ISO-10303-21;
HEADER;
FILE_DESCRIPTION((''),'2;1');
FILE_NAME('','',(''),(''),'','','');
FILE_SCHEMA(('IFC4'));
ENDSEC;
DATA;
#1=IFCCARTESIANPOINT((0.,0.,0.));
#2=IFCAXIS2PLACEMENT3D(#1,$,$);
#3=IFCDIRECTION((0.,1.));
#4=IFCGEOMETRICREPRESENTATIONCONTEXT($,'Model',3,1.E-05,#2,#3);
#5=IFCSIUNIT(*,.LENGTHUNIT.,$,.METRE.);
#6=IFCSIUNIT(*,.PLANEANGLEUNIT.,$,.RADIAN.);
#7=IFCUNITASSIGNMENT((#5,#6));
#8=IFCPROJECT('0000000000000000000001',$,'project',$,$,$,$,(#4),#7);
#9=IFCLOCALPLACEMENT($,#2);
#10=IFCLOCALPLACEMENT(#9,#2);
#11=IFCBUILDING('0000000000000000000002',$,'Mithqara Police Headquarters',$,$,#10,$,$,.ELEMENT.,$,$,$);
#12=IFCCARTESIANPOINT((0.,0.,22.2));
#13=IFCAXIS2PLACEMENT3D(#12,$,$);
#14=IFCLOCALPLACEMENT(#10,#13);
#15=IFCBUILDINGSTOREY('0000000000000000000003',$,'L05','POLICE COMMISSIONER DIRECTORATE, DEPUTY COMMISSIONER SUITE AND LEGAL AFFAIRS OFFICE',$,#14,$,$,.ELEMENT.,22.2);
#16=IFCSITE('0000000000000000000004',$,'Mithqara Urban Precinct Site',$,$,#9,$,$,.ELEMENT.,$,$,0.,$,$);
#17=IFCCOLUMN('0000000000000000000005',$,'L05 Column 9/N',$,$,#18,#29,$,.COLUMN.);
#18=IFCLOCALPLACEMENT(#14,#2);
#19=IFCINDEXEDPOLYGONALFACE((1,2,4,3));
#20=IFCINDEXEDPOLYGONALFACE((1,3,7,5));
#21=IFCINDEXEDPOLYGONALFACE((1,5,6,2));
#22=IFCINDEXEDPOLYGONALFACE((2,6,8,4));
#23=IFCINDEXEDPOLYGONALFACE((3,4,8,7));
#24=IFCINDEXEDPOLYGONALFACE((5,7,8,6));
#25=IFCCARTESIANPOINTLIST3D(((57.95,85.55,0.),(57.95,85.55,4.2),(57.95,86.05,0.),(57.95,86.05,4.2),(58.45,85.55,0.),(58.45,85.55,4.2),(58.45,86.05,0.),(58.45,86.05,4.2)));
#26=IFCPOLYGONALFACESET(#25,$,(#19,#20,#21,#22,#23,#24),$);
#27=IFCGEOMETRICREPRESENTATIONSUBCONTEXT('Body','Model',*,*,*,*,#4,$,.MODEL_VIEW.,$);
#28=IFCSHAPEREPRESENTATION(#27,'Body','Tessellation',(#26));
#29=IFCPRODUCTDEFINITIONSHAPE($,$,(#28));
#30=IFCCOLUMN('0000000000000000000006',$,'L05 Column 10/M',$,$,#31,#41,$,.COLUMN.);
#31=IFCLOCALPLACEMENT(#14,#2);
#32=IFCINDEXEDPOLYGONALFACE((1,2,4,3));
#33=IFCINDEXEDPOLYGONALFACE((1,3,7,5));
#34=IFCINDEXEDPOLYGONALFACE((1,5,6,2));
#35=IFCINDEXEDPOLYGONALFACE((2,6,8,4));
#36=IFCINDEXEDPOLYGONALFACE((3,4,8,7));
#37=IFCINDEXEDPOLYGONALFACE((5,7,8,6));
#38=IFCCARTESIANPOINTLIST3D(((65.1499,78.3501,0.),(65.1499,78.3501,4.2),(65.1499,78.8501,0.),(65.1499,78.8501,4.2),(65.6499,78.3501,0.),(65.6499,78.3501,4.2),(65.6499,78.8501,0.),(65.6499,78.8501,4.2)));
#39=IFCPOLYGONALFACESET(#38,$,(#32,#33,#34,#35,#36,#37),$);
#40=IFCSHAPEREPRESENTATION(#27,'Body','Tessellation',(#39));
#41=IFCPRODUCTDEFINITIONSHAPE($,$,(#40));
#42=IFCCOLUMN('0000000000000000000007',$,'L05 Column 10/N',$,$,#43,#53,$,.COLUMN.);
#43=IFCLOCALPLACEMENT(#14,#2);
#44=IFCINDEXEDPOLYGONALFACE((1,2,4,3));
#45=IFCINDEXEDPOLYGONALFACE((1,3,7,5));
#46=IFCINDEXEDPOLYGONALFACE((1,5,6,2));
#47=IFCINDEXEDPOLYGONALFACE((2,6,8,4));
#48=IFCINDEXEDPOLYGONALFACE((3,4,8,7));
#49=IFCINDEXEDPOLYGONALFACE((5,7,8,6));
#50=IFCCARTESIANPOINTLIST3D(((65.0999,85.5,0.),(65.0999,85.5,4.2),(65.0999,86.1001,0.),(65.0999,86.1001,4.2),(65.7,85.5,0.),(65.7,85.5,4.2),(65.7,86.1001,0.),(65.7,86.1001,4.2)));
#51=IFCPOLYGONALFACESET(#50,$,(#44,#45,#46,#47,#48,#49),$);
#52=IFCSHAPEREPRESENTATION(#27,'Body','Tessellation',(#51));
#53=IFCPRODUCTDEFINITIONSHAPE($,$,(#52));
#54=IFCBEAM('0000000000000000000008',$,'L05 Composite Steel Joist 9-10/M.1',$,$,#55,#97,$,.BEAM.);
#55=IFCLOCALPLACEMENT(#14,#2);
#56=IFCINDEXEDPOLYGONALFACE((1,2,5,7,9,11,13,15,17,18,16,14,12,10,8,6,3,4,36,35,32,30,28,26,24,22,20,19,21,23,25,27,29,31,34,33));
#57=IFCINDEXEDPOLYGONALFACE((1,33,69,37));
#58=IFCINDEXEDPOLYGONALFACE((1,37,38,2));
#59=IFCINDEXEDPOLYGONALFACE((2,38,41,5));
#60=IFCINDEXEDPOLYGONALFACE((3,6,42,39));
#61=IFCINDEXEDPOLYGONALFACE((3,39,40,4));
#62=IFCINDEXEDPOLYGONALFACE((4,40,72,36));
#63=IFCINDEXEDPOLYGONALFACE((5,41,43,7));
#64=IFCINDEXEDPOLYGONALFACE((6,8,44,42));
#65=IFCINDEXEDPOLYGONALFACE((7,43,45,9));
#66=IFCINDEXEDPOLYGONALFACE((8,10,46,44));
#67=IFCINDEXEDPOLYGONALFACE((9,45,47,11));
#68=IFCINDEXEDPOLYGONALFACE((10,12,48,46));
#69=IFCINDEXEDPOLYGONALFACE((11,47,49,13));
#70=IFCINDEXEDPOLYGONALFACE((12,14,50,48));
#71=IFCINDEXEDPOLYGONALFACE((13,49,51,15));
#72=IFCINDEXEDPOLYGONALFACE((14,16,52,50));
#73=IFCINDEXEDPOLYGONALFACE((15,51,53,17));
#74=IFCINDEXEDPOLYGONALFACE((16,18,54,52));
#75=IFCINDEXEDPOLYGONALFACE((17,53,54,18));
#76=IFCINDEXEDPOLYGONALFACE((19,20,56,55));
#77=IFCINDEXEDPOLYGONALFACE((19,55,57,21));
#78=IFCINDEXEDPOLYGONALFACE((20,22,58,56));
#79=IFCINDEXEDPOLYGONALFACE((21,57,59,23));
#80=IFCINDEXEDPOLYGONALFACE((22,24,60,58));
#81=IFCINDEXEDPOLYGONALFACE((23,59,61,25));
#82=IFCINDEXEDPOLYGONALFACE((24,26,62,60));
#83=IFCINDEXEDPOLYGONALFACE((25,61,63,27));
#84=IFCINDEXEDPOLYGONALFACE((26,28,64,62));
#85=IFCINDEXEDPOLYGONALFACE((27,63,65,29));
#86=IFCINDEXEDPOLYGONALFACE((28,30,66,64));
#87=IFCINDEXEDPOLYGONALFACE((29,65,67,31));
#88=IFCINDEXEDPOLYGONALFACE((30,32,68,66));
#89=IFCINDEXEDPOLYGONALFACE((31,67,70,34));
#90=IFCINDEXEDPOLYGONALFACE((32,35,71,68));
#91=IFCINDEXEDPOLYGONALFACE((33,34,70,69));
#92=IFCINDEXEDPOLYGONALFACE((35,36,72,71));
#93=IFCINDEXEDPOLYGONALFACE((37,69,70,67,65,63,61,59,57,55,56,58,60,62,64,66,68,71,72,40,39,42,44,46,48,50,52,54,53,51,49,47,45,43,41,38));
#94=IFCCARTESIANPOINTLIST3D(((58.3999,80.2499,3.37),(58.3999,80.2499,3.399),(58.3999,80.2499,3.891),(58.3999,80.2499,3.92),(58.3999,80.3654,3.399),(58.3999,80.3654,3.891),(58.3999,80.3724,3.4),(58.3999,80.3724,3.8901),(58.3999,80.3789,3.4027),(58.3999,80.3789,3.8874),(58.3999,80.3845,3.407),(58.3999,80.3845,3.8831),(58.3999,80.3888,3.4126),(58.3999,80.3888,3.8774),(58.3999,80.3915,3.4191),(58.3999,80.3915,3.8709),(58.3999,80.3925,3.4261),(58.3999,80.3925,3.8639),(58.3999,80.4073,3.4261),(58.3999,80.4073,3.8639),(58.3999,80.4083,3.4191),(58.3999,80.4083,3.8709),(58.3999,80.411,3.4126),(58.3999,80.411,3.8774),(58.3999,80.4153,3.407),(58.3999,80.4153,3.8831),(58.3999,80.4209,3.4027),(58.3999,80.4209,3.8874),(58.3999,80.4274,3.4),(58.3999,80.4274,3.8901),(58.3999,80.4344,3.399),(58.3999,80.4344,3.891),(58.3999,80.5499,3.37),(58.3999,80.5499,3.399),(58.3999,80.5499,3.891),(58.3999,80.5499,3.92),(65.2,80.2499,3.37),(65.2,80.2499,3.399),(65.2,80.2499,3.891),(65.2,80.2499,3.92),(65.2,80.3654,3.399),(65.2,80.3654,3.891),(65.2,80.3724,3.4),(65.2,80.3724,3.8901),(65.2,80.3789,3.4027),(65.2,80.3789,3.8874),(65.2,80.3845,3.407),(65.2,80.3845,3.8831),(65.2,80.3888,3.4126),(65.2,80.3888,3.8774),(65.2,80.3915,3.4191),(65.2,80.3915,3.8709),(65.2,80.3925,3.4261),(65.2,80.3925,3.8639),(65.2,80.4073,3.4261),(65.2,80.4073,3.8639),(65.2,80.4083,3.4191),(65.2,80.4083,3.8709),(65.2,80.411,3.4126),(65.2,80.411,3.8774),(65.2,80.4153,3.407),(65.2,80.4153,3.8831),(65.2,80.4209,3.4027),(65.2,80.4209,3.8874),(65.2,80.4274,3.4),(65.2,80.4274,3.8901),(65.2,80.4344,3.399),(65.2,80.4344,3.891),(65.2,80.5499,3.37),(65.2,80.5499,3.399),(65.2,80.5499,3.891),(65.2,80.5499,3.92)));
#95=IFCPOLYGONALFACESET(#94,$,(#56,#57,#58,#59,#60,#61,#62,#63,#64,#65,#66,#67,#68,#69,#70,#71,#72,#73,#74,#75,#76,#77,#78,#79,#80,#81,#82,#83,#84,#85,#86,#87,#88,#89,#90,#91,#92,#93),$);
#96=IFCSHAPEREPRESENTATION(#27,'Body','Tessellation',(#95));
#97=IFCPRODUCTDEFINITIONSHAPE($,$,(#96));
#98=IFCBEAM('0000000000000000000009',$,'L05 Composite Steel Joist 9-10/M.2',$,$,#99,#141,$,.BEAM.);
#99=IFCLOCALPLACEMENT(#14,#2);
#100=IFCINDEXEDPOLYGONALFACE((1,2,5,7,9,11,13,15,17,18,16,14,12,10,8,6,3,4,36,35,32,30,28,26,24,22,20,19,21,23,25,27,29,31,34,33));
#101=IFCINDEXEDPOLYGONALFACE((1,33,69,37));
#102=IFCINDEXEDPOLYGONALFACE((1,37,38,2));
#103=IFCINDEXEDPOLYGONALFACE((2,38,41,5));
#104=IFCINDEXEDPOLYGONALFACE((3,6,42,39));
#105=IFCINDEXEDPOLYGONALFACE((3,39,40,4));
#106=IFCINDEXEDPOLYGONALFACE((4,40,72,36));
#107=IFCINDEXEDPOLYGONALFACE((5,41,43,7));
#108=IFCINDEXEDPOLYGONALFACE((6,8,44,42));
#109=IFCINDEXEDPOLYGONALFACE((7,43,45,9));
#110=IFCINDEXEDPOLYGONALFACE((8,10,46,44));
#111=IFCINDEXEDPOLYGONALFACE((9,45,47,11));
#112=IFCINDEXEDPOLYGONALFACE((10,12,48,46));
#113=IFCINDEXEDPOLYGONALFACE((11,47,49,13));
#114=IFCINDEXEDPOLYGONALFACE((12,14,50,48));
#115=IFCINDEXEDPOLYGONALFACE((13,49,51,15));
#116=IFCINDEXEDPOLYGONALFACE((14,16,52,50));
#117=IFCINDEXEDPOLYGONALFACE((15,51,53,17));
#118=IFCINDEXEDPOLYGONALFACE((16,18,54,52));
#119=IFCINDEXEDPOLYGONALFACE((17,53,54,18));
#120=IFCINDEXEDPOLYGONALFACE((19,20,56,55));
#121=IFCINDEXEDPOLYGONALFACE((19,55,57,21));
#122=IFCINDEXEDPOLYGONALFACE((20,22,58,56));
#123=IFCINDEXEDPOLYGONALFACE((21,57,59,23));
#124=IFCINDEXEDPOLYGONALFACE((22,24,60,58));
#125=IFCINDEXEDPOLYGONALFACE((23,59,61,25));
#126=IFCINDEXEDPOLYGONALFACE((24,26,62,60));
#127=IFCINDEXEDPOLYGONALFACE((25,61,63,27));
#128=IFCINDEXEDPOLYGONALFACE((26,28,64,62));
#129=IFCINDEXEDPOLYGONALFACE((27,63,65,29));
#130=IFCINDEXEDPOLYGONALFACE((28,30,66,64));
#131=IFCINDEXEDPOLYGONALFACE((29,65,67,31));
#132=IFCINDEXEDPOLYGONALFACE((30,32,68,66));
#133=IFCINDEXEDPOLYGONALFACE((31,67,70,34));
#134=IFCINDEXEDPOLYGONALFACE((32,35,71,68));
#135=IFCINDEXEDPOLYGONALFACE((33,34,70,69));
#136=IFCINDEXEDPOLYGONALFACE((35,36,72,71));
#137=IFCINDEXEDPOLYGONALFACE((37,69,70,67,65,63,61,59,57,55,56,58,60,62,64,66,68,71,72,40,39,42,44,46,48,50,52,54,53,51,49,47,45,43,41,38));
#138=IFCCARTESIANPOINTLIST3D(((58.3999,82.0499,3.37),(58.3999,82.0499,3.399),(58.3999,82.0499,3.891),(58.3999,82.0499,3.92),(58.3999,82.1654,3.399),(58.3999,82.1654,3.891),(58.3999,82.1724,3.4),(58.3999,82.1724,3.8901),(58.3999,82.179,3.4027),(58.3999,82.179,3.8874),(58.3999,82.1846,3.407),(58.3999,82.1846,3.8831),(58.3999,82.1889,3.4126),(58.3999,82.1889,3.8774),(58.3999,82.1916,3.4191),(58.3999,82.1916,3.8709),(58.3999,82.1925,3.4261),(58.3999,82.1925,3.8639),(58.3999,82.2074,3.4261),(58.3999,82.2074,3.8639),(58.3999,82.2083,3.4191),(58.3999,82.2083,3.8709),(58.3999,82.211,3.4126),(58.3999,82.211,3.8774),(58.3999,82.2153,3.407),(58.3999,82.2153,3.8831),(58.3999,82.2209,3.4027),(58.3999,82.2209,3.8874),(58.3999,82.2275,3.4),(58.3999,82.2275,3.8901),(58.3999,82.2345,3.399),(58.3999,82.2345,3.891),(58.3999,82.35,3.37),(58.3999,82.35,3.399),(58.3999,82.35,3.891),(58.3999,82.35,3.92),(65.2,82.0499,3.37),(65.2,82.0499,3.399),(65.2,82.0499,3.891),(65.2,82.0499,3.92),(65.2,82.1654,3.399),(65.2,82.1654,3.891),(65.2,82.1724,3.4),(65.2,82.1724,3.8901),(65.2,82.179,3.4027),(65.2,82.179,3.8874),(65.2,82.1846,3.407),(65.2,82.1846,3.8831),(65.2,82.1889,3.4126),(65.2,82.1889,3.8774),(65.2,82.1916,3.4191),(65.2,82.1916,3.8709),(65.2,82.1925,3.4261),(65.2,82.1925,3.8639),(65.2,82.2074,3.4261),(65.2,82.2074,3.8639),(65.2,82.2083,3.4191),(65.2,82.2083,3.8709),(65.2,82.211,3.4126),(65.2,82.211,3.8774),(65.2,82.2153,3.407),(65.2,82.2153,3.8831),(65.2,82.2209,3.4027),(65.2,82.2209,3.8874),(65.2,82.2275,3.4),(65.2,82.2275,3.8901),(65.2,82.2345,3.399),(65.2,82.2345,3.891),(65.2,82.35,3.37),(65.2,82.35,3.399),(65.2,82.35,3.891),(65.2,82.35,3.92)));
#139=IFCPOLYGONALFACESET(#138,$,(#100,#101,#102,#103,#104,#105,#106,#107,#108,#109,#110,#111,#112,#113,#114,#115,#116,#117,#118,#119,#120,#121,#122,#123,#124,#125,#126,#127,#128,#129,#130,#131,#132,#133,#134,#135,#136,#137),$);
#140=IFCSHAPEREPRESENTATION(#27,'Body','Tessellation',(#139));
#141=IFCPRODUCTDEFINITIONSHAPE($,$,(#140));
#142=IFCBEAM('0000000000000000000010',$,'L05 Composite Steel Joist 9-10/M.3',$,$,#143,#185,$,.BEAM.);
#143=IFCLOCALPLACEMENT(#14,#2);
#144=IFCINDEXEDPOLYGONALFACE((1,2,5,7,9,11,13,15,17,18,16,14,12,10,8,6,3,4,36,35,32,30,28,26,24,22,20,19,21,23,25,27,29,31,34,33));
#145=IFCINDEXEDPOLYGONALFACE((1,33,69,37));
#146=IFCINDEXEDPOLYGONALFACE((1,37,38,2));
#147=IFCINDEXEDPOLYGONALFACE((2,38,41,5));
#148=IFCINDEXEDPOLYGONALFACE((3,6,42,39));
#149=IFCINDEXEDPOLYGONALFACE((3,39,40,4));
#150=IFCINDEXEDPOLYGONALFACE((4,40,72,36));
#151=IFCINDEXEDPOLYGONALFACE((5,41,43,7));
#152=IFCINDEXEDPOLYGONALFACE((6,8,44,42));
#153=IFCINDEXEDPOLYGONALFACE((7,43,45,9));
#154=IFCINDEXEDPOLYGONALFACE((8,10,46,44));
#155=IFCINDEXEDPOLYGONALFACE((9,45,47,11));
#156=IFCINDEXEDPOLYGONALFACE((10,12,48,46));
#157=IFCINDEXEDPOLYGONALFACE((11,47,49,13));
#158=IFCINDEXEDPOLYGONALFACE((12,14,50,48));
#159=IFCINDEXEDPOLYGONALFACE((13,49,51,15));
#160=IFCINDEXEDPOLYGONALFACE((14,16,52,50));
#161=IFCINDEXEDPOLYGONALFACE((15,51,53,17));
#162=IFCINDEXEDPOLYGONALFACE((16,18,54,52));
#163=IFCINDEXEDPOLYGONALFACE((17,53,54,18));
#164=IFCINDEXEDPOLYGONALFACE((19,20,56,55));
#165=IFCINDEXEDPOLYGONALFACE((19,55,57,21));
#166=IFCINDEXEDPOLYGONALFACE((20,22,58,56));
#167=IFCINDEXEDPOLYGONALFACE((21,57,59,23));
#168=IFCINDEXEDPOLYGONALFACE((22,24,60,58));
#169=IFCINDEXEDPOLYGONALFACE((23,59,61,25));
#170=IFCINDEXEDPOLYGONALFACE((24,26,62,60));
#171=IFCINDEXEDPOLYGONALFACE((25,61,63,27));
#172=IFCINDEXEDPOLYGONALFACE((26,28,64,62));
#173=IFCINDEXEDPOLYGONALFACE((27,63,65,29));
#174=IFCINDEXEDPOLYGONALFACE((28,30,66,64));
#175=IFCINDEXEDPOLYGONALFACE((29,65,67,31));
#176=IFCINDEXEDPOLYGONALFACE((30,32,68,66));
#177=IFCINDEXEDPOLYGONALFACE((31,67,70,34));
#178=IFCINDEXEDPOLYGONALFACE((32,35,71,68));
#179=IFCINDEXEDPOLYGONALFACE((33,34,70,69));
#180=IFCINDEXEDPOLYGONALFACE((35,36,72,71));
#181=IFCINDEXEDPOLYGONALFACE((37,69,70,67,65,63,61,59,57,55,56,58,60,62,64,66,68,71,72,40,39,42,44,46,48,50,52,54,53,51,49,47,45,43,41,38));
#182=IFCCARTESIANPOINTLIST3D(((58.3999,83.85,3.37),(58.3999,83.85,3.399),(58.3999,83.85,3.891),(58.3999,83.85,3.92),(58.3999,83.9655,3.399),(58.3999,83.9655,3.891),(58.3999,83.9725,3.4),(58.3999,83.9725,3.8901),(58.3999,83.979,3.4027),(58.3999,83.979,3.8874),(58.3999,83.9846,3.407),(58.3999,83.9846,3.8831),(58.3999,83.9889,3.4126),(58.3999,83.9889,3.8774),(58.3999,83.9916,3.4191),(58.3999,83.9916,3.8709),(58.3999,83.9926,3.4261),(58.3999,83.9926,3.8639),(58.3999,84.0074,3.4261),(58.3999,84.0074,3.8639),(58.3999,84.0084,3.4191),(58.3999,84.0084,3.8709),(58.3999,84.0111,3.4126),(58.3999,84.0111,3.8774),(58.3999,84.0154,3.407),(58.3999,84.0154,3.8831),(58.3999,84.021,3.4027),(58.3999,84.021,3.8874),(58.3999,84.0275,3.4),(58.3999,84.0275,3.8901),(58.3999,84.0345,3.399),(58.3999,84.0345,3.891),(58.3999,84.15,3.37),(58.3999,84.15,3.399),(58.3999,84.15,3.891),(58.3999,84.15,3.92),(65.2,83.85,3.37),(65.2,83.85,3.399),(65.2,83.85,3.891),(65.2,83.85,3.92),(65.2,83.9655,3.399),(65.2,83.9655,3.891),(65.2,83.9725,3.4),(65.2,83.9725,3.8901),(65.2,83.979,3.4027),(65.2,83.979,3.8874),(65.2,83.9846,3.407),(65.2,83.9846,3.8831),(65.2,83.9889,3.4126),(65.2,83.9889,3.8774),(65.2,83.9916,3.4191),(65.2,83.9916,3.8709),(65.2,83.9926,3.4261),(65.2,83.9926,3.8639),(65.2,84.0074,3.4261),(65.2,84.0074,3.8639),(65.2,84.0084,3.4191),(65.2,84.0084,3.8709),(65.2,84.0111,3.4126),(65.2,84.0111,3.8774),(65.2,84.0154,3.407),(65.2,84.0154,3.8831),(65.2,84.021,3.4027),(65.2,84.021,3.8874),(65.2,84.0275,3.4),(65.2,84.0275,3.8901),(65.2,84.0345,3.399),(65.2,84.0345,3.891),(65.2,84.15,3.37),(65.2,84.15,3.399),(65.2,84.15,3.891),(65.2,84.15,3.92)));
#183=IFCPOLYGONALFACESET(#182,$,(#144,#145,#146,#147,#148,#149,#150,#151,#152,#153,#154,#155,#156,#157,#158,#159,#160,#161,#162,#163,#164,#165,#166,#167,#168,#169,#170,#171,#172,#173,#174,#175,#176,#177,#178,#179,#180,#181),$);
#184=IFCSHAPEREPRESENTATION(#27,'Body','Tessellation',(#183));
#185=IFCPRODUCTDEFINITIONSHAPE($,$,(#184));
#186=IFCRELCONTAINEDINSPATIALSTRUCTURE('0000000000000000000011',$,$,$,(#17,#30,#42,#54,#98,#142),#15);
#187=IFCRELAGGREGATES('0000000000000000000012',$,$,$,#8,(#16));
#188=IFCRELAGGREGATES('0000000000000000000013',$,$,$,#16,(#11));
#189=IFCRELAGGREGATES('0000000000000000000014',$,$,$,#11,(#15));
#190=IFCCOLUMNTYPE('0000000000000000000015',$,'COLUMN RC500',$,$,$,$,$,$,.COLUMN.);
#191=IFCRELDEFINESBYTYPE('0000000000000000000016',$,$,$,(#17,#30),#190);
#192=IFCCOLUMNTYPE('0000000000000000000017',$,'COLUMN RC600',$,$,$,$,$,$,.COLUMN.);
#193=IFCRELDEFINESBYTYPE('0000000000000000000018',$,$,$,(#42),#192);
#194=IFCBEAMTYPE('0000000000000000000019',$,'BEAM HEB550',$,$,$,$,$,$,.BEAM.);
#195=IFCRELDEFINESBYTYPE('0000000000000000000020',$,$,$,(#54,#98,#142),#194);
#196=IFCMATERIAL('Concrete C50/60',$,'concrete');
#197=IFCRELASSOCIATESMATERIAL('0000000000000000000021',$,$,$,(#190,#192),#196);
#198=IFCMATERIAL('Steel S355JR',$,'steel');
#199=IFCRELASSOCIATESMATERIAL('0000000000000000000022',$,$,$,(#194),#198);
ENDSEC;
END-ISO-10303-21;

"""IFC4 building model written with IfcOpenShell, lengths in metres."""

from ifc_helpers import new_model, si_unit, direction, frame, origin, origin_2d, place, context, subcontext, project, spatial, rectangle, i_section, extrude, material, material_profile, profile_set, type_object, element, save


model = new_model("IFC4")

# Units and contexts
model_context = context("Model", 3, precision=1e-05, world=origin(), true_north=direction((0.0, 1.0)))
body_context = subcontext(model_context, "Body", "Model", "MODEL_VIEW")
ifc_project = project(units=[si_unit("LENGTHUNIT", "METRE"), si_unit("PLANEANGLEUNIT", "RADIAN")], contexts=[model_context])

# Site, building, storey
site_placement = place(None, origin())
site = spatial("IfcSite", under=ifc_project, at=site_placement, Name="Mithqara Urban Precinct Site", CompositionType="ELEMENT", RefElevation=0.0)
building_placement = place(site_placement, origin())
building = spatial("IfcBuilding", under=site, at=building_placement, Name="Mithqara Police Headquarters", CompositionType="ELEMENT")
storey_placement = place(building_placement, frame((0.0, 0.0, 22.2)))
storey = spatial("IfcBuildingStorey", under=building, at=storey_placement, Name="L05", Description="POLICE COMMISSIONER DIRECTORATE, DEPUTY COMMISSIONER SUITE AND LEGAL AFFAIRS OFFICE", CompositionType="ELEMENT", Elevation=22.2)

# Columns
ifc_material_1 = material(Name="Concrete C50/60", Category="concrete")
ifc_material_profile_1 = material_profile(ifc_material_1, rectangle(XDim=0.5, YDim=0.5, at=origin_2d()), Name="RC 500x500")
ifc_profile_set_1 = profile_set([ifc_material_profile_1], Name="Concrete C50/60")
column_type_1 = type_object("IfcColumnType", Name="COLUMN RC500", PredefinedType="COLUMN", material=ifc_profile_set_1)
for number, where, z_axis, x_axis, name in (
    (1, (58.2, 85.8, 0.0), (0.0, 0.0, 1.0), (1.0, 0.0, 0.0), "L05 Column 9/N"),
    (2, (65.3999, 78.6001, 0.0), (0.0, 0.0, 1.0), (1.0, 0.0, 0.0), "L05 Column 10/M"),
):
    element("IfcColumn", number, at=place(storey_placement, frame(where, z_axis=z_axis, x_axis=x_axis)), inside=storey, type_object=column_type_1, Name=name, PredefinedType="COLUMN", context=body_context, shape_type="SweptSolid", body=[
        extrude(rectangle(XDim=0.5, YDim=0.5, at=origin_2d()), origin(), (0.0, 0.0, 1.0), 4.2),
    ])
ifc_material_profile_2 = material_profile(ifc_material_1, rectangle(XDim=0.6001, YDim=0.6001, at=origin_2d()), Name="RC 600x600")
ifc_profile_set_2 = profile_set([ifc_material_profile_2], Name="Concrete C50/60")
column_type_2 = type_object("IfcColumnType", Name="COLUMN RC600", PredefinedType="COLUMN", material=ifc_profile_set_2)
column_placement = place(storey_placement, frame((65.3999, 85.8, 0.0), z_axis=(0.0, 0.0, 1.0), x_axis=(1.0, 0.0, 0.0)))
element("IfcColumn", 3, at=column_placement, inside=storey, type_object=column_type_2, Name="L05 Column 10/N", PredefinedType="COLUMN", context=body_context, shape_type="SweptSolid", body=[
    extrude(rectangle(XDim=0.6001, YDim=0.6001, at=origin_2d()), origin(), (0.0, 0.0, 1.0), 4.2),
])

# Beams
ifc_material_2 = material(Name="Steel S355JR", Category="steel")
ifc_material_profile_3 = material_profile(ifc_material_2, i_section(OverallWidth=0.3, OverallDepth=0.55, WebThickness=0.0149, FlangeThickness=0.0291, FilletRadius=0.0271, at=origin_2d()), Name="HEB 550")
ifc_profile_set_3 = profile_set([ifc_material_profile_3], Name="Steel S355JR")
beam_type_1 = type_object("IfcBeamType", Name="BEAM HEB550", PredefinedType="BEAM", material=ifc_profile_set_3)
for number, where, z_axis, x_axis, name in (
    (4, (58.3999, 80.3999, 3.645), (1.0, 0.0, 0.0), (0.0, 1.0, 0.0), "L05 Composite Steel Joist 9-10/M.1"),
    (5, (58.3999, 82.2, 3.645), (1.0, 0.0, 0.0), (0.0, 1.0, 0.0), "L05 Composite Steel Joist 9-10/M.2"),
    (6, (58.3999, 84.0, 3.645), (1.0, 0.0, 0.0), (0.0, 1.0, 0.0), "L05 Composite Steel Joist 9-10/M.3"),
):
    element("IfcBeam", number, at=place(storey_placement, frame(where, z_axis=z_axis, x_axis=x_axis)), inside=storey, type_object=beam_type_1, Name=name, PredefinedType="BEAM", context=body_context, shape_type="SweptSolid", body=[
        extrude(i_section(OverallWidth=0.3, OverallDepth=0.55, WebThickness=0.0149, FlangeThickness=0.0291, FilletRadius=0.0271, at=origin_2d()), origin(), (0.0, 0.0, 1.0), 6.8),
    ])

save(model, "model.ifc")
